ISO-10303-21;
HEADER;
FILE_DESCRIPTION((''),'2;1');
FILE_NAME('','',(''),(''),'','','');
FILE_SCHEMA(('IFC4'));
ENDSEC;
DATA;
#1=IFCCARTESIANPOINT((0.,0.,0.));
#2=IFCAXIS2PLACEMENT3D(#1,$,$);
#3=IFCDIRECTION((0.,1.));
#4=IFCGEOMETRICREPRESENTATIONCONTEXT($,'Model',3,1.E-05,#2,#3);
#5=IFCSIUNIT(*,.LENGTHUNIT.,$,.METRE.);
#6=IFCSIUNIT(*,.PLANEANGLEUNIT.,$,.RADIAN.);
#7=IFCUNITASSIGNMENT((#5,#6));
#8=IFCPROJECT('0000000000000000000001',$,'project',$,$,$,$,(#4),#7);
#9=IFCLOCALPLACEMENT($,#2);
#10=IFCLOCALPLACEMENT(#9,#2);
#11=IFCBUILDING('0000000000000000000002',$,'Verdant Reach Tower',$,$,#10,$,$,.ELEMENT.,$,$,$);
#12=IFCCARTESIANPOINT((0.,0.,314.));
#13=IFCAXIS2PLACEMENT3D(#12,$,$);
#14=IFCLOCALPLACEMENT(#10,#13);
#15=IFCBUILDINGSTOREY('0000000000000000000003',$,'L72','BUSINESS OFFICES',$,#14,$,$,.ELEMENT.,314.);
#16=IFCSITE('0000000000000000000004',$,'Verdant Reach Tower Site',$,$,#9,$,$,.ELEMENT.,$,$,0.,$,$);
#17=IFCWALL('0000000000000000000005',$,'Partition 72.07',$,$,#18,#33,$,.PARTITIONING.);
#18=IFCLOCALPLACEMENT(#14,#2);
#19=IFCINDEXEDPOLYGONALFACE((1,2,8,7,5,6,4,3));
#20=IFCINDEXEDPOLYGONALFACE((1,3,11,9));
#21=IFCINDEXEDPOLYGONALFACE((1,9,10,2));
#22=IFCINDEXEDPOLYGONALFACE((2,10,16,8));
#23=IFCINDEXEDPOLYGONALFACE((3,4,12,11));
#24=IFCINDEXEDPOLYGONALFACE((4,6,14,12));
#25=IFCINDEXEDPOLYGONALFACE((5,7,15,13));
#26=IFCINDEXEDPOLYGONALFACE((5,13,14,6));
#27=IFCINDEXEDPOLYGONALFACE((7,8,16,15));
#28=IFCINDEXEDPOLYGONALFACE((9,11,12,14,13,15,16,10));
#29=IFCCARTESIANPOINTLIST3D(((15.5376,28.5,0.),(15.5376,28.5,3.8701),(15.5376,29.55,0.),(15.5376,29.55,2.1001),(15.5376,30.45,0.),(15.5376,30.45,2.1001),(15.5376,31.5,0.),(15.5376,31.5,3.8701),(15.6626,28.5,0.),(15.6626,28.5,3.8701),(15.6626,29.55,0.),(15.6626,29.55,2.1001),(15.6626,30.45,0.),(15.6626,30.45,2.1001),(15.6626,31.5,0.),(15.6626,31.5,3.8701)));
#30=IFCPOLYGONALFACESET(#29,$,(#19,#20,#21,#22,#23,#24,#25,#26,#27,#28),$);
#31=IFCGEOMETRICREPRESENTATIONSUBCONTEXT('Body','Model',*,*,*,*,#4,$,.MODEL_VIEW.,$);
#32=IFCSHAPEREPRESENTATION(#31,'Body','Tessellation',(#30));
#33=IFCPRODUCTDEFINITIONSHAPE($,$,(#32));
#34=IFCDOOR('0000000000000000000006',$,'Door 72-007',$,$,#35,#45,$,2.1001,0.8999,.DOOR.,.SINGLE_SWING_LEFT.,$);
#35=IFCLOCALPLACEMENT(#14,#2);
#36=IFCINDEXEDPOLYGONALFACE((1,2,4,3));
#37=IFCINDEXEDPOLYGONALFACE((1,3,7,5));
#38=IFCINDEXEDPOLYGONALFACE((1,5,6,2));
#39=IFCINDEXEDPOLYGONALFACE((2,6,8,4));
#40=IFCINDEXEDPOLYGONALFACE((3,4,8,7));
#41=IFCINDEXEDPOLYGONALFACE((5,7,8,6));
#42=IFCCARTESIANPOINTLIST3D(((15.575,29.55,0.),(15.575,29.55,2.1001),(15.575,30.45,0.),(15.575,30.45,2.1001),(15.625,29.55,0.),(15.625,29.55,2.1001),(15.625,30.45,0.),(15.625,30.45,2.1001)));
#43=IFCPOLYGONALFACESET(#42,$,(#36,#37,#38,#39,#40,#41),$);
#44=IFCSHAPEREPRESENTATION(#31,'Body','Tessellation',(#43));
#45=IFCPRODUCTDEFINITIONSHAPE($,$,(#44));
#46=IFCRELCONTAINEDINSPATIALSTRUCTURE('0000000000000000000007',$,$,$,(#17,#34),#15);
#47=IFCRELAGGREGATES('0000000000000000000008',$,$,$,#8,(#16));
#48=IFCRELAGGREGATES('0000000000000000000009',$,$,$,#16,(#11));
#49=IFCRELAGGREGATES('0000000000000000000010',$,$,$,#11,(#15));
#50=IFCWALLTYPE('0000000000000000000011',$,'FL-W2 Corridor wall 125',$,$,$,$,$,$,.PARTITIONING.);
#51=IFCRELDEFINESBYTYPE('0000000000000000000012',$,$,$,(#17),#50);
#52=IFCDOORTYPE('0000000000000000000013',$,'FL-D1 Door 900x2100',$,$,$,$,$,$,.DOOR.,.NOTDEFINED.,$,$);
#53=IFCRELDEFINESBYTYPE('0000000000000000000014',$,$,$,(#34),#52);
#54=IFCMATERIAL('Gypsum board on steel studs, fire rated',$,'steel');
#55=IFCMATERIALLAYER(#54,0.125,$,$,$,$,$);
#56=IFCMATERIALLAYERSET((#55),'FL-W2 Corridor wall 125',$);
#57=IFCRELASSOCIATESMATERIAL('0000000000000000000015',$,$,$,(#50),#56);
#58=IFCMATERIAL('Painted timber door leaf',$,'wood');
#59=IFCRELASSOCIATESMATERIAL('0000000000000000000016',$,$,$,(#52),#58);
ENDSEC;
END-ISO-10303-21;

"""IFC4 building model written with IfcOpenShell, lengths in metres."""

from ifc_helpers import new_model, si_unit, direction, frame, frame_2d, origin, place, context, subcontext, project, spatial, rectangle, extrude, material, layer, layer_set, type_object, element, fill, save


model = new_model("IFC4")

# Units and contexts
model_context = context("Model", 3, precision=1e-05, world=origin(), true_north=direction((0.0, 1.0)))
body_context = subcontext(model_context, "Body", "Model", "MODEL_VIEW")
ifc_project = project(units=[si_unit("LENGTHUNIT", "METRE"), si_unit("PLANEANGLEUNIT", "RADIAN")], contexts=[model_context])

# Site, building, storey
site_placement = place(None, origin())
site = spatial("IfcSite", under=ifc_project, at=site_placement, Name="Verdant Reach Tower Site", CompositionType="ELEMENT", RefElevation=0.0)
building_placement = place(site_placement, origin())
building = spatial("IfcBuilding", under=site, at=building_placement, Name="Verdant Reach Tower", CompositionType="ELEMENT")
storey_placement = place(building_placement, frame((0.0, 0.0, 314.0)))
storey = spatial("IfcBuildingStorey", under=building, at=storey_placement, Name="L72", Description="BUSINESS OFFICES", CompositionType="ELEMENT", Elevation=314.0)

# Wall, opening, door
ifc_material_1 = material(Name="Gypsum board on steel studs, fire rated", Category="steel")
ifc_layer_1 = layer(ifc_material_1, 0.125)
ifc_layer_set_1 = layer_set([ifc_layer_1], Name="FL-W2 Corridor wall 125")
wall_type_1 = type_object("IfcWallType", Name="FL-W2 Corridor wall 125", PredefinedType="PARTITIONING", material=ifc_layer_set_1)
ifc_material_2 = material(Name="Painted timber door leaf", Category="wood")
door_type_1 = type_object("IfcDoorType", Name="FL-D1 Door 900x2100", OperationType="NOTDEFINED", PredefinedType="DOOR", material=ifc_material_2)
wall_1_placement = place(storey_placement, frame((15.6001, 31.5, 0.0), z_axis=(0.0, 0.0, 1.0), x_axis=(0.0, -1.0, 0.0)))
wall_1 = element("IfcWall", 1, at=wall_1_placement, inside=storey, type_object=wall_type_1, Name="Partition 72.07", PredefinedType="PARTITIONING", context=body_context, shape_type="SweptSolid", body=[
    extrude(rectangle(XDim=3.0, YDim=0.125, at=frame_2d((1.5, 0.0))), origin(), (0.0, 0.0, 1.0), 3.8701),
])
opening_1_placement = place(wall_1_placement, frame((1.05, 0.0, 0.0)))
opening_1 = element("IfcOpeningElement", 2, at=opening_1_placement, cuts=wall_1, PredefinedType="OPENING", context=body_context, shape_type="SweptSolid", body=[
    extrude(rectangle(XDim=0.8999, YDim=2.1001, at=frame_2d((0.45, 1.05))), frame((0.0, 0.0725, 0.0), z_axis=(0.0, -1.0, 0.0), x_axis=(1.0, 0.0, 0.0)), (0.0, 0.0, 1.0), 0.145),
])
door_1_placement = place(opening_1_placement, origin())
door_1 = element("IfcDoor", 3, at=door_1_placement, inside=storey, type_object=door_type_1, Name="Door 72-007", OperationType="SINGLE_SWING_LEFT", OverallHeight=2.1001, OverallWidth=0.8999, PredefinedType="DOOR", context=body_context, shape_type="SweptSolid", body=[
    extrude(rectangle(XDim=0.8999, YDim=2.1001, at=frame_2d((0.45, 1.05))), frame((0.0, 0.0249, 0.0), z_axis=(0.0, -1.0, 0.0), x_axis=(1.0, 0.0, 0.0)), (0.0, 0.0, 1.0), 0.05),
])
fill(opening_1, door_1)

save(model, "model.ifc")
